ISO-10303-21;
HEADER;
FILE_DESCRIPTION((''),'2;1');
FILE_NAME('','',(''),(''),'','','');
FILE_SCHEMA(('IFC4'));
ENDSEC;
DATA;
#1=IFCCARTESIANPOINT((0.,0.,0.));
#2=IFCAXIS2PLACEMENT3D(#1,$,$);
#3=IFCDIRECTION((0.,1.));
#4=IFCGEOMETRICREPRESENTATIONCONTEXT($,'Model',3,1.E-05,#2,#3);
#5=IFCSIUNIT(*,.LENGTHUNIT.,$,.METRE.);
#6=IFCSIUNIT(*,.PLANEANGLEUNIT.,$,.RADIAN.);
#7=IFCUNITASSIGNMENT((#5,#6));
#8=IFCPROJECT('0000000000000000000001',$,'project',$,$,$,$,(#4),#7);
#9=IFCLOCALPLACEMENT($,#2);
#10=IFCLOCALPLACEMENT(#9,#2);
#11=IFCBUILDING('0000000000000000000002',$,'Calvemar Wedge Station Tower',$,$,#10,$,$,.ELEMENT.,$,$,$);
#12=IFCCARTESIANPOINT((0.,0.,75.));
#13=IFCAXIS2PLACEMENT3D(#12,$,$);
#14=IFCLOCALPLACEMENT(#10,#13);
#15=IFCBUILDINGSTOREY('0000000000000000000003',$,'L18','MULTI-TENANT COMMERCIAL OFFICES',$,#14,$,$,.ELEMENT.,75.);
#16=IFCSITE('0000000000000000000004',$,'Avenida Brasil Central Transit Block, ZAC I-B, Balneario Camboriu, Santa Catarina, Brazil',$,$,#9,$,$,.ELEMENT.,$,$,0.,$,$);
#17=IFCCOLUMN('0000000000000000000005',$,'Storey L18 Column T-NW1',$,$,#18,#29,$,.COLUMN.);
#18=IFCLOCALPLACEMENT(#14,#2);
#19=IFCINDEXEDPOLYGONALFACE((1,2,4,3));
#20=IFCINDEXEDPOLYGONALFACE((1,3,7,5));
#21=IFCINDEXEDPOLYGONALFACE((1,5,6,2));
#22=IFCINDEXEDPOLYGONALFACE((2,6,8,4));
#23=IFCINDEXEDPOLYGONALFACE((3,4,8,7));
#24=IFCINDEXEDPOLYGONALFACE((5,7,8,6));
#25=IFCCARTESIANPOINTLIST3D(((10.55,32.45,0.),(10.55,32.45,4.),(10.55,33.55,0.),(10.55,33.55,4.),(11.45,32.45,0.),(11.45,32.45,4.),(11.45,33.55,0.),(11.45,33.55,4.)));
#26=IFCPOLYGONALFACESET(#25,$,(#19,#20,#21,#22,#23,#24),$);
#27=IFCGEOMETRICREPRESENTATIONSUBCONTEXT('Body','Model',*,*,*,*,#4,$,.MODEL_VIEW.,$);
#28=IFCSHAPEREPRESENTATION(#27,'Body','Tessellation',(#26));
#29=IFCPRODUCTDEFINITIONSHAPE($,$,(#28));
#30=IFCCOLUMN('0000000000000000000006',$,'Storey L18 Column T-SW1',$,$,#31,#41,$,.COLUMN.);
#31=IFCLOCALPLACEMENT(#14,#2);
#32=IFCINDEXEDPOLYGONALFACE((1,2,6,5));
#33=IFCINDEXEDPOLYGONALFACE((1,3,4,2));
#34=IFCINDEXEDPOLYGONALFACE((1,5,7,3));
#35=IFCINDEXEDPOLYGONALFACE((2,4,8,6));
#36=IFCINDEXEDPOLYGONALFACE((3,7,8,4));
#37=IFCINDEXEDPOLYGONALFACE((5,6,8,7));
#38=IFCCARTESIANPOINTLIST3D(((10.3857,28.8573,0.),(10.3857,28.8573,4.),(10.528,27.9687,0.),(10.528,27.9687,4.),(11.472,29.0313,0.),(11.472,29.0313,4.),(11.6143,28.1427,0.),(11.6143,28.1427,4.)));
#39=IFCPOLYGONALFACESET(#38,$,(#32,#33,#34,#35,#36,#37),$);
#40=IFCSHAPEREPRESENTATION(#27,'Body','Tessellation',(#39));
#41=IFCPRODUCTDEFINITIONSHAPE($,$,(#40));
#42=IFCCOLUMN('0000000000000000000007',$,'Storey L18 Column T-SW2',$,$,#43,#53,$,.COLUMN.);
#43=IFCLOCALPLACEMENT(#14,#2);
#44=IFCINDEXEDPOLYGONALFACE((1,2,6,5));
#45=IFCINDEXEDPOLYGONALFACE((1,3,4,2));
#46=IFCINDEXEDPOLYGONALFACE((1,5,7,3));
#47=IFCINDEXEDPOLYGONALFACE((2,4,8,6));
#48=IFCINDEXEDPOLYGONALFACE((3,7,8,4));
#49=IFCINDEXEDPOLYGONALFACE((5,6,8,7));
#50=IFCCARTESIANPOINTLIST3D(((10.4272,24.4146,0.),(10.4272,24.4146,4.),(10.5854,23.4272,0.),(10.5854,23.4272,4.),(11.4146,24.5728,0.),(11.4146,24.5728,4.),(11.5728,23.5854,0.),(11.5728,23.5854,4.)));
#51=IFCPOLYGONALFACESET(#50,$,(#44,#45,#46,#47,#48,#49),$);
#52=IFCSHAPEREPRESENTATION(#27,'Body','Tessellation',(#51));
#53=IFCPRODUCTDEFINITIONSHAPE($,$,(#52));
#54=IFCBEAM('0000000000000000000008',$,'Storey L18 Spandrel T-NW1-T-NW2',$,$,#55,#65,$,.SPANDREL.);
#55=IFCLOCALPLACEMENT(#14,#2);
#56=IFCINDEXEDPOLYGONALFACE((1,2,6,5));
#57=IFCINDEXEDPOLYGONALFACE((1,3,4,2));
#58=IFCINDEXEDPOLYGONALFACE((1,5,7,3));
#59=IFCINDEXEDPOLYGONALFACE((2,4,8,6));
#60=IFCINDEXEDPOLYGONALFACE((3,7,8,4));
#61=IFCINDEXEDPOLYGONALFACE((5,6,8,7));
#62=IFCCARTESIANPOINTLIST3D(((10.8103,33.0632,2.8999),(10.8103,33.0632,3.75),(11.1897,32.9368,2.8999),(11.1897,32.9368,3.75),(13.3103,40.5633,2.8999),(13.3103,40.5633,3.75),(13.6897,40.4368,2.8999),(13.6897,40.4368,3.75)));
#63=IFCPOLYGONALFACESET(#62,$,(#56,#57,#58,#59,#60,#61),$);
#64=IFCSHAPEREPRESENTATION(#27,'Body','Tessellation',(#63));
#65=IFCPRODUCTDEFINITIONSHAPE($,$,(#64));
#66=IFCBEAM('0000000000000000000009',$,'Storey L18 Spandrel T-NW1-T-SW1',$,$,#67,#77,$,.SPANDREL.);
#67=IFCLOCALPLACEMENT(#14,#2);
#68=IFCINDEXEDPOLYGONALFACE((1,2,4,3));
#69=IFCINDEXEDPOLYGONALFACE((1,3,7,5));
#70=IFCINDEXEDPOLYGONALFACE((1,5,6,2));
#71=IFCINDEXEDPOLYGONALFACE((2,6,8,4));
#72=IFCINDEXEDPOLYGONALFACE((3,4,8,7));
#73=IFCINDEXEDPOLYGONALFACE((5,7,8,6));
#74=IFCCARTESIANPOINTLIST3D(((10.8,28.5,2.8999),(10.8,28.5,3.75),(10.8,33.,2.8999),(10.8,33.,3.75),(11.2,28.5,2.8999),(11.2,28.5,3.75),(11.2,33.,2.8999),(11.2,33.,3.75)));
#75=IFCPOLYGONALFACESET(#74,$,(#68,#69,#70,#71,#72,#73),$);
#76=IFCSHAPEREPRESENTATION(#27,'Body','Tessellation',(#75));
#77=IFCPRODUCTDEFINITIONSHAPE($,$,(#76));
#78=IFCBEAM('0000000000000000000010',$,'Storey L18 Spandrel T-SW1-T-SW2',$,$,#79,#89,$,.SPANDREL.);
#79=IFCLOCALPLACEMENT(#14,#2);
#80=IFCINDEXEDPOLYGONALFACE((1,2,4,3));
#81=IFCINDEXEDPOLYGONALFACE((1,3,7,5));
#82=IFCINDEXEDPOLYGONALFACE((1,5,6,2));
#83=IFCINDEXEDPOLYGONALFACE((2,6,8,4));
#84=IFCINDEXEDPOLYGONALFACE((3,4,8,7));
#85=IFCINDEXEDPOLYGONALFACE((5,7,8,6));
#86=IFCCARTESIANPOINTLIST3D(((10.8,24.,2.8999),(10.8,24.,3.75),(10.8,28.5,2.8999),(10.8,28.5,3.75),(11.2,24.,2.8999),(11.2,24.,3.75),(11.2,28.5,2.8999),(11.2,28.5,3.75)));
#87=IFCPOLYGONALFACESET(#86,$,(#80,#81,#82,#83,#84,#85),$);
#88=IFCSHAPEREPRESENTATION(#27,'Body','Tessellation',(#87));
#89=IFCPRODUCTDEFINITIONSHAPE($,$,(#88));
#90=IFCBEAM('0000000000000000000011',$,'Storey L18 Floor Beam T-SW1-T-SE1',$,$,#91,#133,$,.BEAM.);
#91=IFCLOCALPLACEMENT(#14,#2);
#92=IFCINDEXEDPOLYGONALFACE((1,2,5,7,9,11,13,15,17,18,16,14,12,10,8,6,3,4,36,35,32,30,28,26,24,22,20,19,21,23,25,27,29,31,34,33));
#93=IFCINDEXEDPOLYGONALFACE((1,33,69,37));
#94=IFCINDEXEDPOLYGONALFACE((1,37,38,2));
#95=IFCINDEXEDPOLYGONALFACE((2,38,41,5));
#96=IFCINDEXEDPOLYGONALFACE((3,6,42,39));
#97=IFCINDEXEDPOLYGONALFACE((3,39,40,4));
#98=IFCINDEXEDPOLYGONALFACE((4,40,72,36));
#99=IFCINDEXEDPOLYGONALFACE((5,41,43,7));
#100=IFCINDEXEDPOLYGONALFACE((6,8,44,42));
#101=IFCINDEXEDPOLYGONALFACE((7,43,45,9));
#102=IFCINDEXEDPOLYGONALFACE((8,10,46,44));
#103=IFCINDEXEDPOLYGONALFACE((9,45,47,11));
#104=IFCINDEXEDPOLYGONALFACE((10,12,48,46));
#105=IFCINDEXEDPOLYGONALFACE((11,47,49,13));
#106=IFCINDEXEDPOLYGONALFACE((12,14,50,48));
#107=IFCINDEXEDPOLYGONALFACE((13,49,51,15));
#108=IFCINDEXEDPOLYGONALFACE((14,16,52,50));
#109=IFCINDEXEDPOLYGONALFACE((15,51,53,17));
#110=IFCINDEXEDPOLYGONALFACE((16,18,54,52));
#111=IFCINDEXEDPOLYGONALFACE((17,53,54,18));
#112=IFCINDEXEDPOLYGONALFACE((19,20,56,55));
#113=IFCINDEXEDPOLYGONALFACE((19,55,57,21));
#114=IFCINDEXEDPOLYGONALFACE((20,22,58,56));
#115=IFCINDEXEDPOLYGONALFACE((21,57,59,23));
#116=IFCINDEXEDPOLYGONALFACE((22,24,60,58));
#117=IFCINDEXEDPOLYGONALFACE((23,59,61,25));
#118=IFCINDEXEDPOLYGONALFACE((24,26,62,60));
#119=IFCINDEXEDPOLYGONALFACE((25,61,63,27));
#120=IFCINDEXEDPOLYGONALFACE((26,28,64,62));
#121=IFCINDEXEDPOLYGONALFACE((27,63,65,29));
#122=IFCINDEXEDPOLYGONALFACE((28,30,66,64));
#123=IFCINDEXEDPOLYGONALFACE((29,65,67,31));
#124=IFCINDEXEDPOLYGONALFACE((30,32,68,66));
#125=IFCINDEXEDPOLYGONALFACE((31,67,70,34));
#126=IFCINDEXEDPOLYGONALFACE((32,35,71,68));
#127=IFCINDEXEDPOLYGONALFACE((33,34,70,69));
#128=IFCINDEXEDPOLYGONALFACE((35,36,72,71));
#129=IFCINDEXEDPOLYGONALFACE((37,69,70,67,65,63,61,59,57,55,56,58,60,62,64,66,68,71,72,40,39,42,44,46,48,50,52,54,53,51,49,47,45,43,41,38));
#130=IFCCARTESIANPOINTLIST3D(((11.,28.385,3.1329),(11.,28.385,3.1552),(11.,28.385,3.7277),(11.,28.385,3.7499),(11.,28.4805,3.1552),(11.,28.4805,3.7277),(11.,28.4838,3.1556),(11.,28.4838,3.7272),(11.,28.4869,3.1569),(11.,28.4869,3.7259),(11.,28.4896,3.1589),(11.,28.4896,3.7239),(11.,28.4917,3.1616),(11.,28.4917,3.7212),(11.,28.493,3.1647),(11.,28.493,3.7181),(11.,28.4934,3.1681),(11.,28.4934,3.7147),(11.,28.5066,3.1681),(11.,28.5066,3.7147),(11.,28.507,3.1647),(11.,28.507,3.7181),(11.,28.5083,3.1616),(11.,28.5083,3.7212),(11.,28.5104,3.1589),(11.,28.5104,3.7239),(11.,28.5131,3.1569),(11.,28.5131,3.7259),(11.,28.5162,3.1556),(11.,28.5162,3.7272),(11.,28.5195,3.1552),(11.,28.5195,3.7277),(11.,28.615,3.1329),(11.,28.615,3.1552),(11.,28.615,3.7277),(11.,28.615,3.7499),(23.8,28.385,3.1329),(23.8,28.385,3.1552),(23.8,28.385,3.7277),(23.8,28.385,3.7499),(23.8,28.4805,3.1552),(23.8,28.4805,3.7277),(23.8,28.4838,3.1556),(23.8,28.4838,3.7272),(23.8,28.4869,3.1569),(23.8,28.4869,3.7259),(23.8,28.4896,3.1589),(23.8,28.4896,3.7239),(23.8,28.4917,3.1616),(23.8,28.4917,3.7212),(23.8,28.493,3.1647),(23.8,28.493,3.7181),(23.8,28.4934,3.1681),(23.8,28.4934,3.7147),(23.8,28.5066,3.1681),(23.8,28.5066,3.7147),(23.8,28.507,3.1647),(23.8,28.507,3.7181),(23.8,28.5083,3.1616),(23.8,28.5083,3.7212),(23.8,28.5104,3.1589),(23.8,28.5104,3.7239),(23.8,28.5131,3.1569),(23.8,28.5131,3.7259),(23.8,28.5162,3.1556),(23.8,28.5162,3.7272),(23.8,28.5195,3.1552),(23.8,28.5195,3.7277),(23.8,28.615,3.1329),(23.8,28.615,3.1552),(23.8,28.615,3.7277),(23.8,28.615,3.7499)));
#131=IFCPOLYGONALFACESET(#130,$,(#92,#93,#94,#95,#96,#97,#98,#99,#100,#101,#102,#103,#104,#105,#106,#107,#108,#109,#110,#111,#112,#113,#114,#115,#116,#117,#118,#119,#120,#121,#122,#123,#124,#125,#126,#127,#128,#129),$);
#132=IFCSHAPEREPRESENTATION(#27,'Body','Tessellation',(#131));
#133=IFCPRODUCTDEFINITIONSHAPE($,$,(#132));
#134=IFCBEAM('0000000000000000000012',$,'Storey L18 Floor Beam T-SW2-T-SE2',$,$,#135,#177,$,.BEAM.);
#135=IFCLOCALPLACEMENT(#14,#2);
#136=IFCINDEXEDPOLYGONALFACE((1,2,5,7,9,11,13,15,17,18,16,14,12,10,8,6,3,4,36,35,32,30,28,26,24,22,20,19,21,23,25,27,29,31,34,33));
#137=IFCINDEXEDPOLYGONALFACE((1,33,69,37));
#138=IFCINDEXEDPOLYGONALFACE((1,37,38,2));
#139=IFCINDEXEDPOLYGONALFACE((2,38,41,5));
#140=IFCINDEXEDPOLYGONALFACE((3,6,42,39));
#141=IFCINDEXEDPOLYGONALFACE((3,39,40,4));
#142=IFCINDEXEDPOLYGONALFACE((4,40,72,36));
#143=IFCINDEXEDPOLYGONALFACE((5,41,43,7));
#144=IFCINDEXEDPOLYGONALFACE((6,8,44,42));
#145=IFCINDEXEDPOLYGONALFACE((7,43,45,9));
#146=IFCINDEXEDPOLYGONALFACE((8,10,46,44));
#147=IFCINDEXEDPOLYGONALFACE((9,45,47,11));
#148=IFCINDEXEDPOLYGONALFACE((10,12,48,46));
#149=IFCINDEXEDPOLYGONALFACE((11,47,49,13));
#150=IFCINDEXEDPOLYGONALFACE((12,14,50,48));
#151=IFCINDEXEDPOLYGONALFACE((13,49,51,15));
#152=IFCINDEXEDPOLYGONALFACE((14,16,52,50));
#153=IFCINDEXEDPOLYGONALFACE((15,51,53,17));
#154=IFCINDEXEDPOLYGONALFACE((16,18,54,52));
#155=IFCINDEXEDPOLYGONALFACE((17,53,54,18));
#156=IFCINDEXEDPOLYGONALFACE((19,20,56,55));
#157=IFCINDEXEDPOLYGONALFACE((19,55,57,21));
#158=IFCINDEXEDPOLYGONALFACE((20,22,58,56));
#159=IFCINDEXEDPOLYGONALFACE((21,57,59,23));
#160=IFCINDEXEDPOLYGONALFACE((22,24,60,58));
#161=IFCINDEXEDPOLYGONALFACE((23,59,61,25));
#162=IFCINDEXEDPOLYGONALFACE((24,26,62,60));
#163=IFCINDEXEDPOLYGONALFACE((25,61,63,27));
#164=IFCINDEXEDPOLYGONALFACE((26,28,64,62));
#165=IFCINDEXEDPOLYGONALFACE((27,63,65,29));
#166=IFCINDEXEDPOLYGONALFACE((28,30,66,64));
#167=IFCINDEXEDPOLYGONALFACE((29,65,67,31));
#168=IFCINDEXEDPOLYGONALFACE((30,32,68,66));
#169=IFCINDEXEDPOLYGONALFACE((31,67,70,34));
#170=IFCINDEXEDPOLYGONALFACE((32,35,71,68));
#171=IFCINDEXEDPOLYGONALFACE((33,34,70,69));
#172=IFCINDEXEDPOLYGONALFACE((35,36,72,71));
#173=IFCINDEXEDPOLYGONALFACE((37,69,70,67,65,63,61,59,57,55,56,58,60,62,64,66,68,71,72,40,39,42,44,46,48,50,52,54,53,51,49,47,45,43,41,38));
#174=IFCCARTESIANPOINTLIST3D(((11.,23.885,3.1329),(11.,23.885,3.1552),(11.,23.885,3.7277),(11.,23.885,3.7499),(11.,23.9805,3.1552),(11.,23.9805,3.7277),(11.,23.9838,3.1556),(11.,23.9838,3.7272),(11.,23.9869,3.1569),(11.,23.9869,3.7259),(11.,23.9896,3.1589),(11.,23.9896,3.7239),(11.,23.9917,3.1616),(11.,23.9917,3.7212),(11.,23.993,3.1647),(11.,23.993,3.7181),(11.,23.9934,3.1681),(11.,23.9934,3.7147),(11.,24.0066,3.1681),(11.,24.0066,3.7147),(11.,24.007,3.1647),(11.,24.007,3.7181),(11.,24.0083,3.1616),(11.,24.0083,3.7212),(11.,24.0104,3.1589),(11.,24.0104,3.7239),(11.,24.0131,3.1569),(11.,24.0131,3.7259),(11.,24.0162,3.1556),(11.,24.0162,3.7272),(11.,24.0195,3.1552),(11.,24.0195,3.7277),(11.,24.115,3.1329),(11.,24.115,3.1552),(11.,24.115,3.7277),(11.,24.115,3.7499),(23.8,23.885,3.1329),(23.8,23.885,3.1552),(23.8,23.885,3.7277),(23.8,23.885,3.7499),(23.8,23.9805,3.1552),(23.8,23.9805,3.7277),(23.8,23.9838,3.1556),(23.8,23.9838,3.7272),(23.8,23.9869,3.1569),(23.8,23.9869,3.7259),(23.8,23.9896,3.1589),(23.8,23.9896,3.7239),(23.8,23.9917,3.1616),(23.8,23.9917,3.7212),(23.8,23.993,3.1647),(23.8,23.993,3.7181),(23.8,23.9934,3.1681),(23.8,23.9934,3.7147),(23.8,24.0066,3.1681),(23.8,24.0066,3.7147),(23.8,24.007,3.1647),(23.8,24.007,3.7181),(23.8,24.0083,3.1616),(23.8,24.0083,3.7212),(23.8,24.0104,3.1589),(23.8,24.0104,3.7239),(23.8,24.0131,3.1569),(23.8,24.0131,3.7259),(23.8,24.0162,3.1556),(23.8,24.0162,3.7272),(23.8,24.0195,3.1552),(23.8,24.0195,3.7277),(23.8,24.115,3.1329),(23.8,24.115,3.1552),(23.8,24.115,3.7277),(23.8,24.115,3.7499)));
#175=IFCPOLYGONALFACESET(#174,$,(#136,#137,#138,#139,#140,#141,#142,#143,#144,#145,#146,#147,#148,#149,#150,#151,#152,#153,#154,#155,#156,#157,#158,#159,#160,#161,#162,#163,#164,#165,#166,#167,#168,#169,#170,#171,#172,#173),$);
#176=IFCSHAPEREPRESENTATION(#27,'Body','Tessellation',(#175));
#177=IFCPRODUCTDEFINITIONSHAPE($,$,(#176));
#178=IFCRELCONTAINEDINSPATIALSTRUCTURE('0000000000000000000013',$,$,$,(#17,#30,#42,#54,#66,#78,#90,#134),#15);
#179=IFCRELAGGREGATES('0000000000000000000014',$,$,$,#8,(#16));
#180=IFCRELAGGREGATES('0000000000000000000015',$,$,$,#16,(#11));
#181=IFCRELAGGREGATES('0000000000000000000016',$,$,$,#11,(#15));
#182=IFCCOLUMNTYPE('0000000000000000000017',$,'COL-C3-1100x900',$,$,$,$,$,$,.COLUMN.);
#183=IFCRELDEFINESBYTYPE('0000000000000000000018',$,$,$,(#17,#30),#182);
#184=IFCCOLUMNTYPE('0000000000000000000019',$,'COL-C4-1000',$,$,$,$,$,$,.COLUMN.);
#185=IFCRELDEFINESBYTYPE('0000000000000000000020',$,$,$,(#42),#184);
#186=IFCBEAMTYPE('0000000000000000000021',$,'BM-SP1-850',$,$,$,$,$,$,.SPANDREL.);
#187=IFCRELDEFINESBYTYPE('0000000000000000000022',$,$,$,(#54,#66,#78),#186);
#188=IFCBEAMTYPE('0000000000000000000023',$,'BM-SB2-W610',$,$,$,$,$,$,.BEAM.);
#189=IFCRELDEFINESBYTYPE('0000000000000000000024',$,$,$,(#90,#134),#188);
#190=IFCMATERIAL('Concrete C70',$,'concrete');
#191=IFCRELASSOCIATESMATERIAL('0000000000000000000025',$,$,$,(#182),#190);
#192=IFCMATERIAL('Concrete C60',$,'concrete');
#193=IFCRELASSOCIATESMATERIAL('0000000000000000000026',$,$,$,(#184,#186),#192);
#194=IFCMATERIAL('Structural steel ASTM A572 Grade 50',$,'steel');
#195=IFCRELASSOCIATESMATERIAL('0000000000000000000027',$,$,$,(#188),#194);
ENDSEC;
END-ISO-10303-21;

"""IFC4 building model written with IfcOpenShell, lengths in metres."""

from ifc_helpers import new_model, si_unit, direction, frame, origin, origin_2d, place, context, subcontext, project, spatial, rectangle, i_section, extrude, source, transform, mapped, material, material_profile, profile_set, type_object, element, save


model = new_model("IFC4")

# Units and contexts
model_context = context("Model", 3, precision=1e-05, world=origin(), true_north=direction((0.0, 1.0)))
body_context = subcontext(model_context, "Body", "Model", "MODEL_VIEW")
ifc_project = project(units=[si_unit("LENGTHUNIT", "METRE"), si_unit("PLANEANGLEUNIT", "RADIAN")], contexts=[model_context])

# Site, building, storey
site_placement = place(None, origin())
site = spatial("IfcSite", under=ifc_project, at=site_placement, Name="Avenida Brasil Central Transit Block, ZAC I-B, Balneario Camboriu, Santa Catarina, Brazil", CompositionType="ELEMENT", RefElevation=0.0)
building_placement = place(site_placement, origin())
building = spatial("IfcBuilding", under=site, at=building_placement, Name="Calvemar Wedge Station Tower", CompositionType="ELEMENT")
storey_placement = place(building_placement, frame((0.0, 0.0, 75.0)))
storey = spatial("IfcBuildingStorey", under=building, at=storey_placement, Name="L18", Description="MULTI-TENANT COMMERCIAL OFFICES", CompositionType="ELEMENT", Elevation=75.0)

# Columns
ifc_material_1 = material(Name="Concrete C70", Category="concrete")
ifc_material_profile_1 = material_profile(ifc_material_1, rectangle(XDim=0.8999, YDim=1.1001, at=origin_2d()), Name="RC1100x900")
ifc_profile_set_1 = profile_set([ifc_material_profile_1], Name="Concrete C70")
column_type_1 = type_object("IfcColumnType", Name="COL-C3-1100x900", PredefinedType="COLUMN", material=ifc_profile_set_1)
shared_shape_1 = source(origin(), body_context, "Body", "SweptSolid", [
    extrude(rectangle(XDim=0.8999, YDim=1.1001, at=origin_2d()), origin(), (0.0, 0.0, 1.0), 4.0),
])
for number, where, z_axis, x_axis, name in (
    (1, (11.0, 33.0, 0.0), (0.0, 0.0, 1.0), (1.0, 0.0, 0.0), "Storey L18 Column T-NW1"),
    (2, (11.0, 28.5, 0.0), (0.0, 0.0, 1.0), (0.158158, -0.987414, 0.0), "Storey L18 Column T-SW1"),
):
    element("IfcColumn", number, at=place(storey_placement, frame(where, z_axis=z_axis, x_axis=x_axis)), inside=storey, type_object=column_type_1, Name=name, PredefinedType="COLUMN", context=body_context, shape_type="MappedRepresentation", body=[
        mapped(shared_shape_1, transform((0.0, 0.0, 0.0), scale=1.0)),
    ])
ifc_material_2 = material(Name="Concrete C60", Category="concrete")
ifc_material_profile_2 = material_profile(ifc_material_2, rectangle(XDim=1.0, YDim=1.0, at=origin_2d()), Name="RC1000x1000")
ifc_profile_set_2 = profile_set([ifc_material_profile_2], Name="Concrete C60")
column_type_2 = type_object("IfcColumnType", Name="COL-C4-1000", PredefinedType="COLUMN", material=ifc_profile_set_2)
shared_shape_2 = source(origin(), body_context, "Body", "SweptSolid", [
    extrude(rectangle(XDim=1.0, YDim=1.0, at=origin_2d()), origin(), (0.0, 0.0, 1.0), 4.0),
])
column_placement = place(storey_placement, frame((11.0, 24.0, 0.0), z_axis=(0.0, 0.0, 1.0), x_axis=(0.158158, -0.987414, 0.0)))
element("IfcColumn", 3, at=column_placement, inside=storey, type_object=column_type_2, Name="Storey L18 Column T-SW2", PredefinedType="COLUMN", context=body_context, shape_type="MappedRepresentation", body=[
    mapped(shared_shape_2, transform((0.0, 0.0, 0.0), scale=1.0)),
])

# Beams
ifc_material_profile_3 = material_profile(ifc_material_2, rectangle(XDim=0.3999, YDim=0.8501, at=origin_2d()), Name="RC400x850")
ifc_profile_set_3 = profile_set([ifc_material_profile_3], Name="Concrete C60")
beam_type_1 = type_object("IfcBeamType", Name="BM-SP1-850", PredefinedType="SPANDREL", material=ifc_profile_set_3)
shared_shape_3 = source(origin(), body_context, "Body", "SweptSolid", [
    extrude(rectangle(XDim=0.3999, YDim=0.8501, at=origin_2d()), origin(), (0.0, 0.0, 1.0), 7.9058),
])
beam_1_placement = place(storey_placement, frame((11.0, 33.0, 3.325), z_axis=(0.316228, 0.948683, 0.0), x_axis=(-0.948683, 0.316228, 0.0)))
element("IfcBeam", 4, at=beam_1_placement, inside=storey, type_object=beam_type_1, Name="Storey L18 Spandrel T-NW1-T-NW2", PredefinedType="SPANDREL", context=body_context, shape_type="MappedRepresentation", body=[
    mapped(shared_shape_3, transform((0.0, 0.0, 0.0), scale=1.0)),
])
shared_shape_4 = source(origin(), body_context, "Body", "SweptSolid", [
    extrude(rectangle(XDim=0.3999, YDim=0.8501, at=origin_2d()), origin(), (0.0, 0.0, 1.0), 4.5),
])
for number, where, z_axis, x_axis, name in (
    (5, (11.0, 33.0, 3.325), (0.0, -1.0, 0.0), (1.0, 0.0, 0.0), "Storey L18 Spandrel T-NW1-T-SW1"),
    (6, (11.0, 28.5, 3.325), (0.0, -1.0, 0.0), (1.0, 0.0, 0.0), "Storey L18 Spandrel T-SW1-T-SW2"),
):
    element("IfcBeam", number, at=place(storey_placement, frame(where, z_axis=z_axis, x_axis=x_axis)), inside=storey, type_object=beam_type_1, Name=name, PredefinedType="SPANDREL", context=body_context, shape_type="MappedRepresentation", body=[
        mapped(shared_shape_4, transform((0.0, 0.0, 0.0), scale=1.0)),
    ])
ifc_material_3 = material(Name="Structural steel ASTM A572 Grade 50", Category="steel")
ifc_material_profile_4 = material_profile(ifc_material_3, i_section(OverallWidth=0.23, OverallDepth=0.6169, WebThickness=0.0132, FlangeThickness=0.0222, FilletRadius=0.0129, at=origin_2d()), Name="W610x140")
ifc_profile_set_4 = profile_set([ifc_material_profile_4], Name="Structural steel ASTM A572 Grade 50")
beam_type_2 = type_object("IfcBeamType", Name="BM-SB2-W610", PredefinedType="BEAM", material=ifc_profile_set_4)
shared_shape_5 = source(origin(), body_context, "Body", "SweptSolid", [
    extrude(i_section(OverallWidth=0.23, OverallDepth=0.6169, WebThickness=0.0132, FlangeThickness=0.0222, FilletRadius=0.0129, at=origin_2d()), origin(), (0.0, 0.0, 1.0), 12.8),
])
for number, where, z_axis, x_axis, name in (
    (7, (11.0, 28.5, 3.4414), (1.0, 0.0, 0.0), (0.0, 1.0, 0.0), "Storey L18 Floor Beam T-SW1-T-SE1"),
    (8, (11.0, 24.0, 3.4414), (1.0, 0.0, 0.0), (0.0, 1.0, 0.0), "Storey L18 Floor Beam T-SW2-T-SE2"),
):
    element("IfcBeam", number, at=place(storey_placement, frame(where, z_axis=z_axis, x_axis=x_axis)), inside=storey, type_object=beam_type_2, Name=name, PredefinedType="BEAM", context=body_context, shape_type="MappedRepresentation", body=[
        mapped(shared_shape_5, transform((0.0, 0.0, 0.0), scale=1.0)),
    ])

save(model, "model.ifc")
